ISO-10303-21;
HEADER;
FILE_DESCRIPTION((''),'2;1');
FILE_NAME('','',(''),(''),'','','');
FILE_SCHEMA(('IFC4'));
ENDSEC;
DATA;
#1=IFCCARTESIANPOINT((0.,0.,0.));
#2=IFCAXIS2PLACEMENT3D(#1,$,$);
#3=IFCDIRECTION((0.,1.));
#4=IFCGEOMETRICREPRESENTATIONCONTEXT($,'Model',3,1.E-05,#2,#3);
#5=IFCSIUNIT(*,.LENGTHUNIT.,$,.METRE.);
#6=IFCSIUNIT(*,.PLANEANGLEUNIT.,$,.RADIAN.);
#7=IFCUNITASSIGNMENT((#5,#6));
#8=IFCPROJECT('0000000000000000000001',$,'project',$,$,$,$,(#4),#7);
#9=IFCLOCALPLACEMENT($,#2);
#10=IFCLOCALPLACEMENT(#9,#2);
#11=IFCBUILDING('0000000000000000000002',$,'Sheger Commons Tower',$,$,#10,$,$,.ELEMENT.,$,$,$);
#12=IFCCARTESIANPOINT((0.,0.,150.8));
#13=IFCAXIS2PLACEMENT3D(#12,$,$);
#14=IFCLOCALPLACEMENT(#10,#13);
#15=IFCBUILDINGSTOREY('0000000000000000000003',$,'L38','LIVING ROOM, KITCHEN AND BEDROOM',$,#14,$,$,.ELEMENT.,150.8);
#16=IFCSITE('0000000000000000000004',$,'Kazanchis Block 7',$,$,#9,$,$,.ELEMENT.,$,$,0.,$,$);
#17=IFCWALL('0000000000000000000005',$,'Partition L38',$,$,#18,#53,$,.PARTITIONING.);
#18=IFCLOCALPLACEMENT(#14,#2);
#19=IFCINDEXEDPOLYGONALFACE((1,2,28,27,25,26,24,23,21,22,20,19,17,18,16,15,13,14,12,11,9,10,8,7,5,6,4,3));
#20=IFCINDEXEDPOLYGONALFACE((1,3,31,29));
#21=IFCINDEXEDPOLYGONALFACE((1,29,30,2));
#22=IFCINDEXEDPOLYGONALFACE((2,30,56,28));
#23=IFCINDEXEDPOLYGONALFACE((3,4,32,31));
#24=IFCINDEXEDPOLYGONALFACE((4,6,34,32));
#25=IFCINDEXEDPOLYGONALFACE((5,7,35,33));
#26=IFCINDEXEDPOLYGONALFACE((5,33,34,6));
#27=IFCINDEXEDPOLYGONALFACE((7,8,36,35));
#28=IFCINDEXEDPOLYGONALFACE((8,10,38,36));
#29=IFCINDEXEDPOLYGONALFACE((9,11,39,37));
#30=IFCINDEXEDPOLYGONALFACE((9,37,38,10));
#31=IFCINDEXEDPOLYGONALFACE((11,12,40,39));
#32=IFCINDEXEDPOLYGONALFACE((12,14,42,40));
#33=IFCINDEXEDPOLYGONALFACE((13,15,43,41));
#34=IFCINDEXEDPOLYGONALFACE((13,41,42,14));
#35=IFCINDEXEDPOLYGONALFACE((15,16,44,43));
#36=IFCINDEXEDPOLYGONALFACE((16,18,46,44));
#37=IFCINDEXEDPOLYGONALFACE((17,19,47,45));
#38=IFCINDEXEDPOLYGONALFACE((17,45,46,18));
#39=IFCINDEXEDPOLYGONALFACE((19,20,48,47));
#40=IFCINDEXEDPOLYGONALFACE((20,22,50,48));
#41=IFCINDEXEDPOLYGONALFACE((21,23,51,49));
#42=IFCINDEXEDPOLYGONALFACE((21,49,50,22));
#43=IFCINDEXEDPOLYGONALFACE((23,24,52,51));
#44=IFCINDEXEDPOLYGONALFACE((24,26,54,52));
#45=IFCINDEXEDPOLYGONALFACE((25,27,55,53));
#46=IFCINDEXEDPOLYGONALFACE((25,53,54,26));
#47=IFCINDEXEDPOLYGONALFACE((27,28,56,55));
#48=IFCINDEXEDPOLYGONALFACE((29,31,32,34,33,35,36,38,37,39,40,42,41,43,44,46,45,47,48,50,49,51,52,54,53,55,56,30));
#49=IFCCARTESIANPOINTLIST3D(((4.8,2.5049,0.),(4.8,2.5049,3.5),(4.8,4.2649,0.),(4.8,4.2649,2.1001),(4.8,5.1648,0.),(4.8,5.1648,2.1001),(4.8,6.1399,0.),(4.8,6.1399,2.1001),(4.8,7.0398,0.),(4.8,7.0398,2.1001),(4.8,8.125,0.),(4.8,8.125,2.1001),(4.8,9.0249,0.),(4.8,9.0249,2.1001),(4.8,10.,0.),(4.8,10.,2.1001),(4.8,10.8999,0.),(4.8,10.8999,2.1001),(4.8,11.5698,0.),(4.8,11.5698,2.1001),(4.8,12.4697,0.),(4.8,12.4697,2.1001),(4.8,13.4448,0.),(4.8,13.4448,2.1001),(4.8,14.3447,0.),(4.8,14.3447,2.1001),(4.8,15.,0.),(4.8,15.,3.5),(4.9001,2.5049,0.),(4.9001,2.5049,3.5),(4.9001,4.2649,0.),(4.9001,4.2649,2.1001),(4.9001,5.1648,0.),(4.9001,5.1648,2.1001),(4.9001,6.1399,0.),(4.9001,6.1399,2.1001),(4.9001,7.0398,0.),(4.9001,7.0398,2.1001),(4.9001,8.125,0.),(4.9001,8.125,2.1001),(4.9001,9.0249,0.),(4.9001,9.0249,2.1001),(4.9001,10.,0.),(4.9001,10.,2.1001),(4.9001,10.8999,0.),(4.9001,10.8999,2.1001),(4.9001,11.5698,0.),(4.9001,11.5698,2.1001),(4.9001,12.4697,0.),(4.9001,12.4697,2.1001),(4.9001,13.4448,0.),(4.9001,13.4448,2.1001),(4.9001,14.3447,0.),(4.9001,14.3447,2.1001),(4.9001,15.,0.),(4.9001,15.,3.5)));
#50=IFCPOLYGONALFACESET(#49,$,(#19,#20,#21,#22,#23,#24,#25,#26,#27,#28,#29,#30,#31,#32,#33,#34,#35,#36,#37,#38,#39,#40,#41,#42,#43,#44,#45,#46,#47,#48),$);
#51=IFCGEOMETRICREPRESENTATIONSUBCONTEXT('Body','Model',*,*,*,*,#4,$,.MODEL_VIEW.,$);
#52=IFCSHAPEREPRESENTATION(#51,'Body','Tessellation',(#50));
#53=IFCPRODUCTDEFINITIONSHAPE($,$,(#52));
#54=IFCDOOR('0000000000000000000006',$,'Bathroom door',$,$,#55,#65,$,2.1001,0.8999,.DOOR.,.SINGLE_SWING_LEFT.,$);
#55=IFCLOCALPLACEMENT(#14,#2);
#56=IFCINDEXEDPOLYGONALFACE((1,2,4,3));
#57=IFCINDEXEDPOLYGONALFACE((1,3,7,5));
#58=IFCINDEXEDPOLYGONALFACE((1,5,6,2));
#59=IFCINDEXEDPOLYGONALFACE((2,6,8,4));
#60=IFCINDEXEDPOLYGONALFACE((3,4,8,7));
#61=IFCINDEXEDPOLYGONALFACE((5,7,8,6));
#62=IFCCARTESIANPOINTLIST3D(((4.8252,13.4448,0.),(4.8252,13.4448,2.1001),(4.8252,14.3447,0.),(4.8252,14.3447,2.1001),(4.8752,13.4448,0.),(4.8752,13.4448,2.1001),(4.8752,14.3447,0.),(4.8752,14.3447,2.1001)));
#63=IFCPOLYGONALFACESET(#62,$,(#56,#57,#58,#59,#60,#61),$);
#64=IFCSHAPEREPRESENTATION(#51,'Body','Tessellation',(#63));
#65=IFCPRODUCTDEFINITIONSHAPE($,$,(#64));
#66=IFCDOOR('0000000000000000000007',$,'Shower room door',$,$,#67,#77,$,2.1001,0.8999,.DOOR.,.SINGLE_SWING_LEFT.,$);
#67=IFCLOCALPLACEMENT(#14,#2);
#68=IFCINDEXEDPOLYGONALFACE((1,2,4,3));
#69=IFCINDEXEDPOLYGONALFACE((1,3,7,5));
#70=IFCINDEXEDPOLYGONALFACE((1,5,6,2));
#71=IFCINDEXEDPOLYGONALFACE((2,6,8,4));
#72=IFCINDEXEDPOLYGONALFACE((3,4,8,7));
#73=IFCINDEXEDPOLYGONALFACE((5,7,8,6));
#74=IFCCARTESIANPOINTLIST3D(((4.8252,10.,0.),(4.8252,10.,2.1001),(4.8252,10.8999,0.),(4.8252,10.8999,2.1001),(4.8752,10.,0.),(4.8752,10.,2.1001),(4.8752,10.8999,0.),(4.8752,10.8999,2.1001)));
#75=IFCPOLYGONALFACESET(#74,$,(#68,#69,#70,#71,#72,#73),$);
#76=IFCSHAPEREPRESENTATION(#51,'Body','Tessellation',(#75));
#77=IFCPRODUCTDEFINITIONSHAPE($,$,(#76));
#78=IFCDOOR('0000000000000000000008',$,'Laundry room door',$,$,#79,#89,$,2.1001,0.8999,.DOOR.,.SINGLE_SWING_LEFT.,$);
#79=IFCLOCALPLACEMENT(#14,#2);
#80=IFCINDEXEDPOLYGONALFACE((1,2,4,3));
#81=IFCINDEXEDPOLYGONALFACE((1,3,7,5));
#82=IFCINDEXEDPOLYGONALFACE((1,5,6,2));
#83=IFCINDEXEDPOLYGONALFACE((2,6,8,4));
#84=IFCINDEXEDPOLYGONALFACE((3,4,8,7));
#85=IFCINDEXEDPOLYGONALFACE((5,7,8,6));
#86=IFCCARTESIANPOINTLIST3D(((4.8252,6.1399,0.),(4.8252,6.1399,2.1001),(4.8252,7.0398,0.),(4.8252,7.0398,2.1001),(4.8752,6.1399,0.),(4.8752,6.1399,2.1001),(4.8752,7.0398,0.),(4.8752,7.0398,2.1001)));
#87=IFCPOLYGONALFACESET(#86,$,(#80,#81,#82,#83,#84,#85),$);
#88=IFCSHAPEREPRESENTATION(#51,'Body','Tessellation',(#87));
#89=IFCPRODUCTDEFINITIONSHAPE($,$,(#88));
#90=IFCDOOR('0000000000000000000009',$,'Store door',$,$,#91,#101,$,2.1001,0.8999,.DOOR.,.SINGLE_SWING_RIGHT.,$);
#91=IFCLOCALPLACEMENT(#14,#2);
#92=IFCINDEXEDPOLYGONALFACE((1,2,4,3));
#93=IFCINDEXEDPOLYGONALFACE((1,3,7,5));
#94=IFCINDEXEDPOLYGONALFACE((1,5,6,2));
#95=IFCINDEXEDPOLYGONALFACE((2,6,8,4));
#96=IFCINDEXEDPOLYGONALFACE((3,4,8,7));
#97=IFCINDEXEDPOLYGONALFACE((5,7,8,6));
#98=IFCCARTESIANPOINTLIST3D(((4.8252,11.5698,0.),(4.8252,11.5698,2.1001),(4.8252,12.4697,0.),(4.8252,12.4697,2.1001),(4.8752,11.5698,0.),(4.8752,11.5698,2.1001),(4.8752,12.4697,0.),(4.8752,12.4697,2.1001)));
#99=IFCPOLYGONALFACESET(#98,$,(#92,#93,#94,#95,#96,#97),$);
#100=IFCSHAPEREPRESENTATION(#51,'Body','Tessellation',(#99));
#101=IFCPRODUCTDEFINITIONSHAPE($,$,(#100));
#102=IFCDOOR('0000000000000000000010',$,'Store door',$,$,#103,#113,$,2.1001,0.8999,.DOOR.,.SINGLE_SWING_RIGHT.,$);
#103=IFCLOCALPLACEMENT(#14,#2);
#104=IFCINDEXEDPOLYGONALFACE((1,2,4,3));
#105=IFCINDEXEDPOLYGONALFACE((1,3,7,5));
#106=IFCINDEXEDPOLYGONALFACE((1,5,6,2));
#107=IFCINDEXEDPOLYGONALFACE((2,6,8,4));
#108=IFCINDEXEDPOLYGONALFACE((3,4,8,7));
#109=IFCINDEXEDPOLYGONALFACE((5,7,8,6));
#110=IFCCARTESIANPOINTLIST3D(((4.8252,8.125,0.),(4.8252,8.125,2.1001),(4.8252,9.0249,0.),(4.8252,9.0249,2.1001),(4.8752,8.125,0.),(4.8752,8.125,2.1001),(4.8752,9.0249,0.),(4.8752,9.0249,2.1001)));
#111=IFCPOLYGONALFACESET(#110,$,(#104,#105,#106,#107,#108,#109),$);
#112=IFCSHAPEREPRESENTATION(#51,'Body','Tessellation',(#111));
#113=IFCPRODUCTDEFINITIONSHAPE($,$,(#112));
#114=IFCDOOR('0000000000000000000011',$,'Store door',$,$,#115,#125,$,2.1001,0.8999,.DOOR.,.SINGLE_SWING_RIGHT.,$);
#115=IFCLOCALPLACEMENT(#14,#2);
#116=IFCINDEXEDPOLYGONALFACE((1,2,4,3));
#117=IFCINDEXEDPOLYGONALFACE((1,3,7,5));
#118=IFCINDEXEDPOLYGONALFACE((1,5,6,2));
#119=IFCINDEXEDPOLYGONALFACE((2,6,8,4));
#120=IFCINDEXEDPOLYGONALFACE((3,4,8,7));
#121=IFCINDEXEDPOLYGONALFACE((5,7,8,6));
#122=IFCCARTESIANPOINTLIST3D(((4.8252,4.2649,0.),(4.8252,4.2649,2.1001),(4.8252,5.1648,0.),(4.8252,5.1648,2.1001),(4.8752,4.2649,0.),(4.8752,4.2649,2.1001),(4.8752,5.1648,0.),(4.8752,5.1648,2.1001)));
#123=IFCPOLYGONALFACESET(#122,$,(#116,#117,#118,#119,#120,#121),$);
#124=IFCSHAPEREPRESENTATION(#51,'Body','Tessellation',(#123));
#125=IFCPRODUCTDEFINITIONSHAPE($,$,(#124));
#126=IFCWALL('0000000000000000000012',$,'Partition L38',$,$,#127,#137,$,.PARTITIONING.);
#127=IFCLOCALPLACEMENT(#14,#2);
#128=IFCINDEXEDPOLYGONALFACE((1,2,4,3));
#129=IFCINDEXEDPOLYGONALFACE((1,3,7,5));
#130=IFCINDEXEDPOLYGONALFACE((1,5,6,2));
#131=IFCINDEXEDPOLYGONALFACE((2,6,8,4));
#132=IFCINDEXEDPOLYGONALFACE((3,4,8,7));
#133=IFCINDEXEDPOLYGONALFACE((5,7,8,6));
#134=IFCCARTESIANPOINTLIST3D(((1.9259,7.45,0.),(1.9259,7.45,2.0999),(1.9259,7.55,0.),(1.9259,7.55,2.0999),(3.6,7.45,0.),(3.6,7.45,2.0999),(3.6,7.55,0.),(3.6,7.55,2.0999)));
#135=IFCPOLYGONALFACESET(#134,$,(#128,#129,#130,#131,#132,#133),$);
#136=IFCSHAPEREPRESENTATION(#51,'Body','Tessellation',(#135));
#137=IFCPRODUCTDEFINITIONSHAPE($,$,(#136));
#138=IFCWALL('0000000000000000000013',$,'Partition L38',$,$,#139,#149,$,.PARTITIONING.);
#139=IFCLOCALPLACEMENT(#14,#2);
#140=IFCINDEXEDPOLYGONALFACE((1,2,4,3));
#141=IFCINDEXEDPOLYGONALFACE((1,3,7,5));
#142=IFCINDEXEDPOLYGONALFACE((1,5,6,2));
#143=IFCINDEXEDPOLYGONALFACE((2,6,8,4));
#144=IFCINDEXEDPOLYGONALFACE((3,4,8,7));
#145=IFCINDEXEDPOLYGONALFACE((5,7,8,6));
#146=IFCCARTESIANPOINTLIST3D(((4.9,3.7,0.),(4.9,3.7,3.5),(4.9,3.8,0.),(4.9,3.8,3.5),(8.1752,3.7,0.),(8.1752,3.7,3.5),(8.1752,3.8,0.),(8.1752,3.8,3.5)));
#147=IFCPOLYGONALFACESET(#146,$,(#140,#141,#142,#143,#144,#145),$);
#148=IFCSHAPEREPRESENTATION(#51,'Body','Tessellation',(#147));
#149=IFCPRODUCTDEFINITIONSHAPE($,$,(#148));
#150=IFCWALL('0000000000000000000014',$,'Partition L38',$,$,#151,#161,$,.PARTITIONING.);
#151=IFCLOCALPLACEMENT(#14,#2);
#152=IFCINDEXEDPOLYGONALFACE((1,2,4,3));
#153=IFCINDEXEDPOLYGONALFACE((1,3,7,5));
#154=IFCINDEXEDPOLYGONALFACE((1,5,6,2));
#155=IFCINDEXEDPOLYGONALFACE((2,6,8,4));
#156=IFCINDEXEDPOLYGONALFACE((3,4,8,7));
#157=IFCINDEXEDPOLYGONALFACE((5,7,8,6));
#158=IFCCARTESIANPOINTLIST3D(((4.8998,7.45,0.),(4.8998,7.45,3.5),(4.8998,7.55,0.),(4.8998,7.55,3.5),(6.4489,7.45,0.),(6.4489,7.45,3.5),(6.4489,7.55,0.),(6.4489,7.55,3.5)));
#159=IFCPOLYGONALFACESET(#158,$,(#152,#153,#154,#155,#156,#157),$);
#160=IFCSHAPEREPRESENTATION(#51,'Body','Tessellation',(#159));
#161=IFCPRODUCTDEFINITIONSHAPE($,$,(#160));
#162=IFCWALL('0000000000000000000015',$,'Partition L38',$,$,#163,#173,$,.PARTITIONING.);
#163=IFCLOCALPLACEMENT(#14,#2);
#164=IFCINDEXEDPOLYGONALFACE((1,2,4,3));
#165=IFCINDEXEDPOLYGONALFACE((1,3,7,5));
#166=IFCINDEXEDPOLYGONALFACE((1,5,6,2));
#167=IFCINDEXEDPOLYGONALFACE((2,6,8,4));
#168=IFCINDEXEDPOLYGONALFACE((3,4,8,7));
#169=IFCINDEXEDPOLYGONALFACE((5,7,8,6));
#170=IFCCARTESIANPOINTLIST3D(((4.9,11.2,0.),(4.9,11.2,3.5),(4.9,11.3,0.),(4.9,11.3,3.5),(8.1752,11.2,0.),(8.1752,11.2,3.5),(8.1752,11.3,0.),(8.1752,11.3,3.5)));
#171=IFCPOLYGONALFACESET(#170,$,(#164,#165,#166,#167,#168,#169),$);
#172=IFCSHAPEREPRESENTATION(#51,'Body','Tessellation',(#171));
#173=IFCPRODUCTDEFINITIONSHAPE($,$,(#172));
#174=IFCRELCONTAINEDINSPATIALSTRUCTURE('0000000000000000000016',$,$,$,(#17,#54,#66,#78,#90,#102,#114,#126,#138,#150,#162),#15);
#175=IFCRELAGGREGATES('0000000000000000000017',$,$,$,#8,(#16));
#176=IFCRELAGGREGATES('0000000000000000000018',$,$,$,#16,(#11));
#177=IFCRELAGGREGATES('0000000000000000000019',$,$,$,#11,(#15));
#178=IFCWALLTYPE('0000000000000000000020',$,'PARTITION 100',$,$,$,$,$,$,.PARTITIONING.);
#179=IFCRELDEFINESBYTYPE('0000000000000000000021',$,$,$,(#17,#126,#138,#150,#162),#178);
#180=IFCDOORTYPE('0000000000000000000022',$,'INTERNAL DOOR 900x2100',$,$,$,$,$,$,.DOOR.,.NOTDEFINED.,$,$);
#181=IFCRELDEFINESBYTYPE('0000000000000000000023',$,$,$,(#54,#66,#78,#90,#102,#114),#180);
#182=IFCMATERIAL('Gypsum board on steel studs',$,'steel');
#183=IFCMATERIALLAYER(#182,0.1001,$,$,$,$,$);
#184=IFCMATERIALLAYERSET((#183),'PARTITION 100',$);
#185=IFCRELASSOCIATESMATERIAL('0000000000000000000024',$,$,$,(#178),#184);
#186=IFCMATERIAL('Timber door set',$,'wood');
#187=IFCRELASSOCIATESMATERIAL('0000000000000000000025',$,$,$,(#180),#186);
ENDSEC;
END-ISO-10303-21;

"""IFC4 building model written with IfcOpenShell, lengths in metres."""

from ifc_helpers import new_model, si_unit, direction, frame, frame_2d, origin, place, context, subcontext, project, spatial, rectangle, extrude, material, layer, layer_set, type_object, element, fill, save


model = new_model("IFC4")

# Units and contexts
model_context = context("Model", 3, precision=1e-05, world=origin(), true_north=direction((0.0, 1.0)))
body_context = subcontext(model_context, "Body", "Model", "MODEL_VIEW")
ifc_project = project(units=[si_unit("LENGTHUNIT", "METRE"), si_unit("PLANEANGLEUNIT", "RADIAN")], contexts=[model_context])

# Site, building, storey
site_placement = place(None, origin())
site = spatial("IfcSite", under=ifc_project, at=site_placement, Name="Kazanchis Block 7", CompositionType="ELEMENT", RefElevation=0.0)
building_placement = place(site_placement, origin())
building = spatial("IfcBuilding", under=site, at=building_placement, Name="Sheger Commons Tower", CompositionType="ELEMENT")
storey_placement = place(building_placement, frame((0.0, 0.0, 150.8)))
storey = spatial("IfcBuildingStorey", under=building, at=storey_placement, Name="L38", Description="LIVING ROOM, KITCHEN AND BEDROOM", CompositionType="ELEMENT", Elevation=150.8)

# Wall, openings, doors
ifc_material_1 = material(Name="Gypsum board on steel studs", Category="steel")
ifc_layer = layer(ifc_material_1, 0.1001)
ifc_layer_set = layer_set([ifc_layer], Name="PARTITION 100")
wall_type = type_object("IfcWallType", Name="PARTITION 100", PredefinedType="PARTITIONING", material=ifc_layer_set)
ifc_material_2 = material(Name="Timber door set", Category="wood")
door_type = type_object("IfcDoorType", Name="INTERNAL DOOR 900x2100", OperationType="NOTDEFINED", PredefinedType="DOOR", material=ifc_material_2)
wall_1_placement = place(storey_placement, frame((4.8501, 2.5049, 0.0), z_axis=(0.0, 0.0, 1.0), x_axis=(0.0, 1.0, 0.0)))
wall_1 = element("IfcWall", 1, at=wall_1_placement, inside=storey, type_object=wall_type, Name="Partition L38", PredefinedType="PARTITIONING", context=body_context, shape_type="SweptSolid", body=[
    extrude(rectangle(XDim=12.4951, YDim=0.1001, at=frame_2d((6.2476, 0.0))), origin(), (0.0, 0.0, 1.0), 3.5),
])
opening_1_placement = place(wall_1_placement, frame((10.9399, 0.0, 0.0)))
opening_1 = element("IfcOpeningElement", 2, at=opening_1_placement, cuts=wall_1, PredefinedType="OPENING", context=body_context, shape_type="SweptSolid", body=[
    extrude(rectangle(XDim=0.8999, YDim=2.1001, at=frame_2d((0.45, 1.05))), frame((0.0, 0.0601, 0.0), z_axis=(0.0, -1.0, 0.0), x_axis=(1.0, 0.0, 0.0)), (0.0, 0.0, 1.0), 0.1201),
])
opening_2_placement = place(wall_1_placement, frame((7.4951, 0.0, 0.0)))
opening_2 = element("IfcOpeningElement", 3, at=opening_2_placement, cuts=wall_1, PredefinedType="OPENING", context=body_context, shape_type="SweptSolid", body=[
    extrude(rectangle(XDim=0.8999, YDim=2.1001, at=frame_2d((0.45, 1.05))), frame((0.0, 0.0601, 0.0), z_axis=(0.0, -1.0, 0.0), x_axis=(1.0, 0.0, 0.0)), (0.0, 0.0, 1.0), 0.1201),
])
opening_3_placement = place(wall_1_placement, frame((3.635, 0.0, 0.0)))
opening_3 = element("IfcOpeningElement", 4, at=opening_3_placement, cuts=wall_1, PredefinedType="OPENING", context=body_context, shape_type="SweptSolid", body=[
    extrude(rectangle(XDim=0.8999, YDim=2.1001, at=frame_2d((0.45, 1.05))), frame((0.0, 0.0601, 0.0), z_axis=(0.0, -1.0, 0.0), x_axis=(1.0, 0.0, 0.0)), (0.0, 0.0, 1.0), 0.1201),
])
opening_4_placement = place(wall_1_placement, frame((9.0649, 0.0, 0.0)))
opening_4 = element("IfcOpeningElement", 5, at=opening_4_placement, cuts=wall_1, PredefinedType="OPENING", context=body_context, shape_type="SweptSolid", body=[
    extrude(rectangle(XDim=0.8999, YDim=2.1001, at=frame_2d((0.45, 1.05))), frame((0.0, 0.0601, 0.0), z_axis=(0.0, -1.0, 0.0), x_axis=(1.0, 0.0, 0.0)), (0.0, 0.0, 1.0), 0.1201),
])
opening_5_placement = place(wall_1_placement, frame((5.6201, 0.0, 0.0)))
opening_5 = element("IfcOpeningElement", 6, at=opening_5_placement, cuts=wall_1, PredefinedType="OPENING", context=body_context, shape_type="SweptSolid", body=[
    extrude(rectangle(XDim=0.8999, YDim=2.1001, at=frame_2d((0.45, 1.05))), frame((0.0, 0.0601, 0.0), z_axis=(0.0, -1.0, 0.0), x_axis=(1.0, 0.0, 0.0)), (0.0, 0.0, 1.0), 0.1201),
])
opening_6_placement = place(wall_1_placement, frame((1.76, 0.0, 0.0)))
opening_6 = element("IfcOpeningElement", 7, at=opening_6_placement, cuts=wall_1, PredefinedType="OPENING", context=body_context, shape_type="SweptSolid", body=[
    extrude(rectangle(XDim=0.8999, YDim=2.1001, at=frame_2d((0.45, 1.05))), frame((0.0, 0.0601, 0.0), z_axis=(0.0, -1.0, 0.0), x_axis=(1.0, 0.0, 0.0)), (0.0, 0.0, 1.0), 0.1201),
])
door_1_placement = place(opening_1_placement, origin())
door_1 = element("IfcDoor", 8, at=door_1_placement, inside=storey, type_object=door_type, Name="Bathroom door", OperationType="SINGLE_SWING_LEFT", OverallHeight=2.1001, OverallWidth=0.8999, PredefinedType="DOOR", context=body_context, shape_type="SweptSolid", body=[
    extrude(rectangle(XDim=0.8999, YDim=2.1001, at=frame_2d((0.45, 1.05))), frame((0.0, 0.0249, 0.0), z_axis=(0.0, -1.0, 0.0), x_axis=(1.0, 0.0, 0.0)), (0.0, 0.0, 1.0), 0.05),
])
fill(opening_1, door_1)
door_2_placement = place(opening_2_placement, origin())
door_2 = element("IfcDoor", 9, at=door_2_placement, inside=storey, type_object=door_type, Name="Shower room door", OperationType="SINGLE_SWING_LEFT", OverallHeight=2.1001, OverallWidth=0.8999, PredefinedType="DOOR", context=body_context, shape_type="SweptSolid", body=[
    extrude(rectangle(XDim=0.8999, YDim=2.1001, at=frame_2d((0.45, 1.05))), frame((0.0, 0.0249, 0.0), z_axis=(0.0, -1.0, 0.0), x_axis=(1.0, 0.0, 0.0)), (0.0, 0.0, 1.0), 0.05),
])
fill(opening_2, door_2)
door_3_placement = place(opening_3_placement, origin())
door_3 = element("IfcDoor", 10, at=door_3_placement, inside=storey, type_object=door_type, Name="Laundry room door", OperationType="SINGLE_SWING_LEFT", OverallHeight=2.1001, OverallWidth=0.8999, PredefinedType="DOOR", context=body_context, shape_type="SweptSolid", body=[
    extrude(rectangle(XDim=0.8999, YDim=2.1001, at=frame_2d((0.45, 1.05))), frame((0.0, 0.0249, 0.0), z_axis=(0.0, -1.0, 0.0), x_axis=(1.0, 0.0, 0.0)), (0.0, 0.0, 1.0), 0.05),
])
fill(opening_3, door_3)
door_4_placement = place(opening_4_placement, origin())
door_4 = element("IfcDoor", 11, at=door_4_placement, inside=storey, type_object=door_type, Name="Store door", OperationType="SINGLE_SWING_RIGHT", OverallHeight=2.1001, OverallWidth=0.8999, PredefinedType="DOOR", context=body_context, shape_type="SweptSolid", body=[
    extrude(rectangle(XDim=0.8999, YDim=2.1001, at=frame_2d((0.45, 1.05))), frame((0.0, 0.0249, 0.0), z_axis=(0.0, -1.0, 0.0), x_axis=(1.0, 0.0, 0.0)), (0.0, 0.0, 1.0), 0.05),
])
fill(opening_4, door_4)
door_5_placement = place(opening_5_placement, origin())
door_5 = element("IfcDoor", 12, at=door_5_placement, inside=storey, type_object=door_type, Name="Store door", OperationType="SINGLE_SWING_RIGHT", OverallHeight=2.1001, OverallWidth=0.8999, PredefinedType="DOOR", context=body_context, shape_type="SweptSolid", body=[
    extrude(rectangle(XDim=0.8999, YDim=2.1001, at=frame_2d((0.45, 1.05))), frame((0.0, 0.0249, 0.0), z_axis=(0.0, -1.0, 0.0), x_axis=(1.0, 0.0, 0.0)), (0.0, 0.0, 1.0), 0.05),
])
fill(opening_5, door_5)
door_6_placement = place(opening_6_placement, origin())
door_6 = element("IfcDoor", 13, at=door_6_placement, inside=storey, type_object=door_type, Name="Store door", OperationType="SINGLE_SWING_RIGHT", OverallHeight=2.1001, OverallWidth=0.8999, PredefinedType="DOOR", context=body_context, shape_type="SweptSolid", body=[
    extrude(rectangle(XDim=0.8999, YDim=2.1001, at=frame_2d((0.45, 1.05))), frame((0.0, 0.0249, 0.0), z_axis=(0.0, -1.0, 0.0), x_axis=(1.0, 0.0, 0.0)), (0.0, 0.0, 1.0), 0.05),
])
fill(opening_6, door_6)

# Walls
wall_2_placement = place(storey_placement, frame((1.926, 7.5, 0.0), z_axis=(0.0, 0.0, 1.0), x_axis=(1.0, 0.0, 0.0)))
element("IfcWall", 14, at=wall_2_placement, inside=storey, type_object=wall_type, Name="Partition L38", PredefinedType="PARTITIONING", context=body_context, shape_type="SweptSolid", body=[
    extrude(rectangle(XDim=1.6741, YDim=0.1001, at=frame_2d((0.8369, 0.0))), origin(), (0.0, 0.0, 1.0), 2.0999),
])
wall_3_placement = place(storey_placement, frame((4.8999, 3.75, 0.0), z_axis=(0.0, 0.0, 1.0), x_axis=(1.0, 0.0, 0.0)))
element("IfcWall", 15, at=wall_3_placement, inside=storey, type_object=wall_type, Name="Partition L38", PredefinedType="PARTITIONING", context=body_context, shape_type="SweptSolid", body=[
    extrude(rectangle(XDim=3.2751, YDim=0.1001, at=frame_2d((1.6377, 0.0))), origin(), (0.0, 0.0, 1.0), 3.5),
])
wall_4_placement = place(storey_placement, frame((4.8999, 7.5, 0.0), z_axis=(0.0, 0.0, 1.0), x_axis=(1.0, 0.0, 0.0)))
element("IfcWall", 16, at=wall_4_placement, inside=storey, type_object=wall_type, Name="Partition L38", PredefinedType="PARTITIONING", context=body_context, shape_type="SweptSolid", body=[
    extrude(rectangle(XDim=1.5491, YDim=0.1001, at=frame_2d((0.7744, 0.0))), origin(), (0.0, 0.0, 1.0), 3.5),
])
for number, where, z_axis, x_axis, name in (
    (17, (4.8999, 11.25, 0.0), (0.0, 0.0, 1.0), (1.0, 0.0, 0.0), "Partition L38"),
):
    element("IfcWall", number, at=place(storey_placement, frame(where, z_axis=z_axis, x_axis=x_axis)), inside=storey, type_object=wall_type, Name=name, PredefinedType="PARTITIONING", context=body_context, shape_type="SweptSolid", body=[
        extrude(rectangle(XDim=3.2751, YDim=0.1001, at=frame_2d((1.6377, 0.0))), origin(), (0.0, 0.0, 1.0), 3.5),
    ])

save(model, "model.ifc")
